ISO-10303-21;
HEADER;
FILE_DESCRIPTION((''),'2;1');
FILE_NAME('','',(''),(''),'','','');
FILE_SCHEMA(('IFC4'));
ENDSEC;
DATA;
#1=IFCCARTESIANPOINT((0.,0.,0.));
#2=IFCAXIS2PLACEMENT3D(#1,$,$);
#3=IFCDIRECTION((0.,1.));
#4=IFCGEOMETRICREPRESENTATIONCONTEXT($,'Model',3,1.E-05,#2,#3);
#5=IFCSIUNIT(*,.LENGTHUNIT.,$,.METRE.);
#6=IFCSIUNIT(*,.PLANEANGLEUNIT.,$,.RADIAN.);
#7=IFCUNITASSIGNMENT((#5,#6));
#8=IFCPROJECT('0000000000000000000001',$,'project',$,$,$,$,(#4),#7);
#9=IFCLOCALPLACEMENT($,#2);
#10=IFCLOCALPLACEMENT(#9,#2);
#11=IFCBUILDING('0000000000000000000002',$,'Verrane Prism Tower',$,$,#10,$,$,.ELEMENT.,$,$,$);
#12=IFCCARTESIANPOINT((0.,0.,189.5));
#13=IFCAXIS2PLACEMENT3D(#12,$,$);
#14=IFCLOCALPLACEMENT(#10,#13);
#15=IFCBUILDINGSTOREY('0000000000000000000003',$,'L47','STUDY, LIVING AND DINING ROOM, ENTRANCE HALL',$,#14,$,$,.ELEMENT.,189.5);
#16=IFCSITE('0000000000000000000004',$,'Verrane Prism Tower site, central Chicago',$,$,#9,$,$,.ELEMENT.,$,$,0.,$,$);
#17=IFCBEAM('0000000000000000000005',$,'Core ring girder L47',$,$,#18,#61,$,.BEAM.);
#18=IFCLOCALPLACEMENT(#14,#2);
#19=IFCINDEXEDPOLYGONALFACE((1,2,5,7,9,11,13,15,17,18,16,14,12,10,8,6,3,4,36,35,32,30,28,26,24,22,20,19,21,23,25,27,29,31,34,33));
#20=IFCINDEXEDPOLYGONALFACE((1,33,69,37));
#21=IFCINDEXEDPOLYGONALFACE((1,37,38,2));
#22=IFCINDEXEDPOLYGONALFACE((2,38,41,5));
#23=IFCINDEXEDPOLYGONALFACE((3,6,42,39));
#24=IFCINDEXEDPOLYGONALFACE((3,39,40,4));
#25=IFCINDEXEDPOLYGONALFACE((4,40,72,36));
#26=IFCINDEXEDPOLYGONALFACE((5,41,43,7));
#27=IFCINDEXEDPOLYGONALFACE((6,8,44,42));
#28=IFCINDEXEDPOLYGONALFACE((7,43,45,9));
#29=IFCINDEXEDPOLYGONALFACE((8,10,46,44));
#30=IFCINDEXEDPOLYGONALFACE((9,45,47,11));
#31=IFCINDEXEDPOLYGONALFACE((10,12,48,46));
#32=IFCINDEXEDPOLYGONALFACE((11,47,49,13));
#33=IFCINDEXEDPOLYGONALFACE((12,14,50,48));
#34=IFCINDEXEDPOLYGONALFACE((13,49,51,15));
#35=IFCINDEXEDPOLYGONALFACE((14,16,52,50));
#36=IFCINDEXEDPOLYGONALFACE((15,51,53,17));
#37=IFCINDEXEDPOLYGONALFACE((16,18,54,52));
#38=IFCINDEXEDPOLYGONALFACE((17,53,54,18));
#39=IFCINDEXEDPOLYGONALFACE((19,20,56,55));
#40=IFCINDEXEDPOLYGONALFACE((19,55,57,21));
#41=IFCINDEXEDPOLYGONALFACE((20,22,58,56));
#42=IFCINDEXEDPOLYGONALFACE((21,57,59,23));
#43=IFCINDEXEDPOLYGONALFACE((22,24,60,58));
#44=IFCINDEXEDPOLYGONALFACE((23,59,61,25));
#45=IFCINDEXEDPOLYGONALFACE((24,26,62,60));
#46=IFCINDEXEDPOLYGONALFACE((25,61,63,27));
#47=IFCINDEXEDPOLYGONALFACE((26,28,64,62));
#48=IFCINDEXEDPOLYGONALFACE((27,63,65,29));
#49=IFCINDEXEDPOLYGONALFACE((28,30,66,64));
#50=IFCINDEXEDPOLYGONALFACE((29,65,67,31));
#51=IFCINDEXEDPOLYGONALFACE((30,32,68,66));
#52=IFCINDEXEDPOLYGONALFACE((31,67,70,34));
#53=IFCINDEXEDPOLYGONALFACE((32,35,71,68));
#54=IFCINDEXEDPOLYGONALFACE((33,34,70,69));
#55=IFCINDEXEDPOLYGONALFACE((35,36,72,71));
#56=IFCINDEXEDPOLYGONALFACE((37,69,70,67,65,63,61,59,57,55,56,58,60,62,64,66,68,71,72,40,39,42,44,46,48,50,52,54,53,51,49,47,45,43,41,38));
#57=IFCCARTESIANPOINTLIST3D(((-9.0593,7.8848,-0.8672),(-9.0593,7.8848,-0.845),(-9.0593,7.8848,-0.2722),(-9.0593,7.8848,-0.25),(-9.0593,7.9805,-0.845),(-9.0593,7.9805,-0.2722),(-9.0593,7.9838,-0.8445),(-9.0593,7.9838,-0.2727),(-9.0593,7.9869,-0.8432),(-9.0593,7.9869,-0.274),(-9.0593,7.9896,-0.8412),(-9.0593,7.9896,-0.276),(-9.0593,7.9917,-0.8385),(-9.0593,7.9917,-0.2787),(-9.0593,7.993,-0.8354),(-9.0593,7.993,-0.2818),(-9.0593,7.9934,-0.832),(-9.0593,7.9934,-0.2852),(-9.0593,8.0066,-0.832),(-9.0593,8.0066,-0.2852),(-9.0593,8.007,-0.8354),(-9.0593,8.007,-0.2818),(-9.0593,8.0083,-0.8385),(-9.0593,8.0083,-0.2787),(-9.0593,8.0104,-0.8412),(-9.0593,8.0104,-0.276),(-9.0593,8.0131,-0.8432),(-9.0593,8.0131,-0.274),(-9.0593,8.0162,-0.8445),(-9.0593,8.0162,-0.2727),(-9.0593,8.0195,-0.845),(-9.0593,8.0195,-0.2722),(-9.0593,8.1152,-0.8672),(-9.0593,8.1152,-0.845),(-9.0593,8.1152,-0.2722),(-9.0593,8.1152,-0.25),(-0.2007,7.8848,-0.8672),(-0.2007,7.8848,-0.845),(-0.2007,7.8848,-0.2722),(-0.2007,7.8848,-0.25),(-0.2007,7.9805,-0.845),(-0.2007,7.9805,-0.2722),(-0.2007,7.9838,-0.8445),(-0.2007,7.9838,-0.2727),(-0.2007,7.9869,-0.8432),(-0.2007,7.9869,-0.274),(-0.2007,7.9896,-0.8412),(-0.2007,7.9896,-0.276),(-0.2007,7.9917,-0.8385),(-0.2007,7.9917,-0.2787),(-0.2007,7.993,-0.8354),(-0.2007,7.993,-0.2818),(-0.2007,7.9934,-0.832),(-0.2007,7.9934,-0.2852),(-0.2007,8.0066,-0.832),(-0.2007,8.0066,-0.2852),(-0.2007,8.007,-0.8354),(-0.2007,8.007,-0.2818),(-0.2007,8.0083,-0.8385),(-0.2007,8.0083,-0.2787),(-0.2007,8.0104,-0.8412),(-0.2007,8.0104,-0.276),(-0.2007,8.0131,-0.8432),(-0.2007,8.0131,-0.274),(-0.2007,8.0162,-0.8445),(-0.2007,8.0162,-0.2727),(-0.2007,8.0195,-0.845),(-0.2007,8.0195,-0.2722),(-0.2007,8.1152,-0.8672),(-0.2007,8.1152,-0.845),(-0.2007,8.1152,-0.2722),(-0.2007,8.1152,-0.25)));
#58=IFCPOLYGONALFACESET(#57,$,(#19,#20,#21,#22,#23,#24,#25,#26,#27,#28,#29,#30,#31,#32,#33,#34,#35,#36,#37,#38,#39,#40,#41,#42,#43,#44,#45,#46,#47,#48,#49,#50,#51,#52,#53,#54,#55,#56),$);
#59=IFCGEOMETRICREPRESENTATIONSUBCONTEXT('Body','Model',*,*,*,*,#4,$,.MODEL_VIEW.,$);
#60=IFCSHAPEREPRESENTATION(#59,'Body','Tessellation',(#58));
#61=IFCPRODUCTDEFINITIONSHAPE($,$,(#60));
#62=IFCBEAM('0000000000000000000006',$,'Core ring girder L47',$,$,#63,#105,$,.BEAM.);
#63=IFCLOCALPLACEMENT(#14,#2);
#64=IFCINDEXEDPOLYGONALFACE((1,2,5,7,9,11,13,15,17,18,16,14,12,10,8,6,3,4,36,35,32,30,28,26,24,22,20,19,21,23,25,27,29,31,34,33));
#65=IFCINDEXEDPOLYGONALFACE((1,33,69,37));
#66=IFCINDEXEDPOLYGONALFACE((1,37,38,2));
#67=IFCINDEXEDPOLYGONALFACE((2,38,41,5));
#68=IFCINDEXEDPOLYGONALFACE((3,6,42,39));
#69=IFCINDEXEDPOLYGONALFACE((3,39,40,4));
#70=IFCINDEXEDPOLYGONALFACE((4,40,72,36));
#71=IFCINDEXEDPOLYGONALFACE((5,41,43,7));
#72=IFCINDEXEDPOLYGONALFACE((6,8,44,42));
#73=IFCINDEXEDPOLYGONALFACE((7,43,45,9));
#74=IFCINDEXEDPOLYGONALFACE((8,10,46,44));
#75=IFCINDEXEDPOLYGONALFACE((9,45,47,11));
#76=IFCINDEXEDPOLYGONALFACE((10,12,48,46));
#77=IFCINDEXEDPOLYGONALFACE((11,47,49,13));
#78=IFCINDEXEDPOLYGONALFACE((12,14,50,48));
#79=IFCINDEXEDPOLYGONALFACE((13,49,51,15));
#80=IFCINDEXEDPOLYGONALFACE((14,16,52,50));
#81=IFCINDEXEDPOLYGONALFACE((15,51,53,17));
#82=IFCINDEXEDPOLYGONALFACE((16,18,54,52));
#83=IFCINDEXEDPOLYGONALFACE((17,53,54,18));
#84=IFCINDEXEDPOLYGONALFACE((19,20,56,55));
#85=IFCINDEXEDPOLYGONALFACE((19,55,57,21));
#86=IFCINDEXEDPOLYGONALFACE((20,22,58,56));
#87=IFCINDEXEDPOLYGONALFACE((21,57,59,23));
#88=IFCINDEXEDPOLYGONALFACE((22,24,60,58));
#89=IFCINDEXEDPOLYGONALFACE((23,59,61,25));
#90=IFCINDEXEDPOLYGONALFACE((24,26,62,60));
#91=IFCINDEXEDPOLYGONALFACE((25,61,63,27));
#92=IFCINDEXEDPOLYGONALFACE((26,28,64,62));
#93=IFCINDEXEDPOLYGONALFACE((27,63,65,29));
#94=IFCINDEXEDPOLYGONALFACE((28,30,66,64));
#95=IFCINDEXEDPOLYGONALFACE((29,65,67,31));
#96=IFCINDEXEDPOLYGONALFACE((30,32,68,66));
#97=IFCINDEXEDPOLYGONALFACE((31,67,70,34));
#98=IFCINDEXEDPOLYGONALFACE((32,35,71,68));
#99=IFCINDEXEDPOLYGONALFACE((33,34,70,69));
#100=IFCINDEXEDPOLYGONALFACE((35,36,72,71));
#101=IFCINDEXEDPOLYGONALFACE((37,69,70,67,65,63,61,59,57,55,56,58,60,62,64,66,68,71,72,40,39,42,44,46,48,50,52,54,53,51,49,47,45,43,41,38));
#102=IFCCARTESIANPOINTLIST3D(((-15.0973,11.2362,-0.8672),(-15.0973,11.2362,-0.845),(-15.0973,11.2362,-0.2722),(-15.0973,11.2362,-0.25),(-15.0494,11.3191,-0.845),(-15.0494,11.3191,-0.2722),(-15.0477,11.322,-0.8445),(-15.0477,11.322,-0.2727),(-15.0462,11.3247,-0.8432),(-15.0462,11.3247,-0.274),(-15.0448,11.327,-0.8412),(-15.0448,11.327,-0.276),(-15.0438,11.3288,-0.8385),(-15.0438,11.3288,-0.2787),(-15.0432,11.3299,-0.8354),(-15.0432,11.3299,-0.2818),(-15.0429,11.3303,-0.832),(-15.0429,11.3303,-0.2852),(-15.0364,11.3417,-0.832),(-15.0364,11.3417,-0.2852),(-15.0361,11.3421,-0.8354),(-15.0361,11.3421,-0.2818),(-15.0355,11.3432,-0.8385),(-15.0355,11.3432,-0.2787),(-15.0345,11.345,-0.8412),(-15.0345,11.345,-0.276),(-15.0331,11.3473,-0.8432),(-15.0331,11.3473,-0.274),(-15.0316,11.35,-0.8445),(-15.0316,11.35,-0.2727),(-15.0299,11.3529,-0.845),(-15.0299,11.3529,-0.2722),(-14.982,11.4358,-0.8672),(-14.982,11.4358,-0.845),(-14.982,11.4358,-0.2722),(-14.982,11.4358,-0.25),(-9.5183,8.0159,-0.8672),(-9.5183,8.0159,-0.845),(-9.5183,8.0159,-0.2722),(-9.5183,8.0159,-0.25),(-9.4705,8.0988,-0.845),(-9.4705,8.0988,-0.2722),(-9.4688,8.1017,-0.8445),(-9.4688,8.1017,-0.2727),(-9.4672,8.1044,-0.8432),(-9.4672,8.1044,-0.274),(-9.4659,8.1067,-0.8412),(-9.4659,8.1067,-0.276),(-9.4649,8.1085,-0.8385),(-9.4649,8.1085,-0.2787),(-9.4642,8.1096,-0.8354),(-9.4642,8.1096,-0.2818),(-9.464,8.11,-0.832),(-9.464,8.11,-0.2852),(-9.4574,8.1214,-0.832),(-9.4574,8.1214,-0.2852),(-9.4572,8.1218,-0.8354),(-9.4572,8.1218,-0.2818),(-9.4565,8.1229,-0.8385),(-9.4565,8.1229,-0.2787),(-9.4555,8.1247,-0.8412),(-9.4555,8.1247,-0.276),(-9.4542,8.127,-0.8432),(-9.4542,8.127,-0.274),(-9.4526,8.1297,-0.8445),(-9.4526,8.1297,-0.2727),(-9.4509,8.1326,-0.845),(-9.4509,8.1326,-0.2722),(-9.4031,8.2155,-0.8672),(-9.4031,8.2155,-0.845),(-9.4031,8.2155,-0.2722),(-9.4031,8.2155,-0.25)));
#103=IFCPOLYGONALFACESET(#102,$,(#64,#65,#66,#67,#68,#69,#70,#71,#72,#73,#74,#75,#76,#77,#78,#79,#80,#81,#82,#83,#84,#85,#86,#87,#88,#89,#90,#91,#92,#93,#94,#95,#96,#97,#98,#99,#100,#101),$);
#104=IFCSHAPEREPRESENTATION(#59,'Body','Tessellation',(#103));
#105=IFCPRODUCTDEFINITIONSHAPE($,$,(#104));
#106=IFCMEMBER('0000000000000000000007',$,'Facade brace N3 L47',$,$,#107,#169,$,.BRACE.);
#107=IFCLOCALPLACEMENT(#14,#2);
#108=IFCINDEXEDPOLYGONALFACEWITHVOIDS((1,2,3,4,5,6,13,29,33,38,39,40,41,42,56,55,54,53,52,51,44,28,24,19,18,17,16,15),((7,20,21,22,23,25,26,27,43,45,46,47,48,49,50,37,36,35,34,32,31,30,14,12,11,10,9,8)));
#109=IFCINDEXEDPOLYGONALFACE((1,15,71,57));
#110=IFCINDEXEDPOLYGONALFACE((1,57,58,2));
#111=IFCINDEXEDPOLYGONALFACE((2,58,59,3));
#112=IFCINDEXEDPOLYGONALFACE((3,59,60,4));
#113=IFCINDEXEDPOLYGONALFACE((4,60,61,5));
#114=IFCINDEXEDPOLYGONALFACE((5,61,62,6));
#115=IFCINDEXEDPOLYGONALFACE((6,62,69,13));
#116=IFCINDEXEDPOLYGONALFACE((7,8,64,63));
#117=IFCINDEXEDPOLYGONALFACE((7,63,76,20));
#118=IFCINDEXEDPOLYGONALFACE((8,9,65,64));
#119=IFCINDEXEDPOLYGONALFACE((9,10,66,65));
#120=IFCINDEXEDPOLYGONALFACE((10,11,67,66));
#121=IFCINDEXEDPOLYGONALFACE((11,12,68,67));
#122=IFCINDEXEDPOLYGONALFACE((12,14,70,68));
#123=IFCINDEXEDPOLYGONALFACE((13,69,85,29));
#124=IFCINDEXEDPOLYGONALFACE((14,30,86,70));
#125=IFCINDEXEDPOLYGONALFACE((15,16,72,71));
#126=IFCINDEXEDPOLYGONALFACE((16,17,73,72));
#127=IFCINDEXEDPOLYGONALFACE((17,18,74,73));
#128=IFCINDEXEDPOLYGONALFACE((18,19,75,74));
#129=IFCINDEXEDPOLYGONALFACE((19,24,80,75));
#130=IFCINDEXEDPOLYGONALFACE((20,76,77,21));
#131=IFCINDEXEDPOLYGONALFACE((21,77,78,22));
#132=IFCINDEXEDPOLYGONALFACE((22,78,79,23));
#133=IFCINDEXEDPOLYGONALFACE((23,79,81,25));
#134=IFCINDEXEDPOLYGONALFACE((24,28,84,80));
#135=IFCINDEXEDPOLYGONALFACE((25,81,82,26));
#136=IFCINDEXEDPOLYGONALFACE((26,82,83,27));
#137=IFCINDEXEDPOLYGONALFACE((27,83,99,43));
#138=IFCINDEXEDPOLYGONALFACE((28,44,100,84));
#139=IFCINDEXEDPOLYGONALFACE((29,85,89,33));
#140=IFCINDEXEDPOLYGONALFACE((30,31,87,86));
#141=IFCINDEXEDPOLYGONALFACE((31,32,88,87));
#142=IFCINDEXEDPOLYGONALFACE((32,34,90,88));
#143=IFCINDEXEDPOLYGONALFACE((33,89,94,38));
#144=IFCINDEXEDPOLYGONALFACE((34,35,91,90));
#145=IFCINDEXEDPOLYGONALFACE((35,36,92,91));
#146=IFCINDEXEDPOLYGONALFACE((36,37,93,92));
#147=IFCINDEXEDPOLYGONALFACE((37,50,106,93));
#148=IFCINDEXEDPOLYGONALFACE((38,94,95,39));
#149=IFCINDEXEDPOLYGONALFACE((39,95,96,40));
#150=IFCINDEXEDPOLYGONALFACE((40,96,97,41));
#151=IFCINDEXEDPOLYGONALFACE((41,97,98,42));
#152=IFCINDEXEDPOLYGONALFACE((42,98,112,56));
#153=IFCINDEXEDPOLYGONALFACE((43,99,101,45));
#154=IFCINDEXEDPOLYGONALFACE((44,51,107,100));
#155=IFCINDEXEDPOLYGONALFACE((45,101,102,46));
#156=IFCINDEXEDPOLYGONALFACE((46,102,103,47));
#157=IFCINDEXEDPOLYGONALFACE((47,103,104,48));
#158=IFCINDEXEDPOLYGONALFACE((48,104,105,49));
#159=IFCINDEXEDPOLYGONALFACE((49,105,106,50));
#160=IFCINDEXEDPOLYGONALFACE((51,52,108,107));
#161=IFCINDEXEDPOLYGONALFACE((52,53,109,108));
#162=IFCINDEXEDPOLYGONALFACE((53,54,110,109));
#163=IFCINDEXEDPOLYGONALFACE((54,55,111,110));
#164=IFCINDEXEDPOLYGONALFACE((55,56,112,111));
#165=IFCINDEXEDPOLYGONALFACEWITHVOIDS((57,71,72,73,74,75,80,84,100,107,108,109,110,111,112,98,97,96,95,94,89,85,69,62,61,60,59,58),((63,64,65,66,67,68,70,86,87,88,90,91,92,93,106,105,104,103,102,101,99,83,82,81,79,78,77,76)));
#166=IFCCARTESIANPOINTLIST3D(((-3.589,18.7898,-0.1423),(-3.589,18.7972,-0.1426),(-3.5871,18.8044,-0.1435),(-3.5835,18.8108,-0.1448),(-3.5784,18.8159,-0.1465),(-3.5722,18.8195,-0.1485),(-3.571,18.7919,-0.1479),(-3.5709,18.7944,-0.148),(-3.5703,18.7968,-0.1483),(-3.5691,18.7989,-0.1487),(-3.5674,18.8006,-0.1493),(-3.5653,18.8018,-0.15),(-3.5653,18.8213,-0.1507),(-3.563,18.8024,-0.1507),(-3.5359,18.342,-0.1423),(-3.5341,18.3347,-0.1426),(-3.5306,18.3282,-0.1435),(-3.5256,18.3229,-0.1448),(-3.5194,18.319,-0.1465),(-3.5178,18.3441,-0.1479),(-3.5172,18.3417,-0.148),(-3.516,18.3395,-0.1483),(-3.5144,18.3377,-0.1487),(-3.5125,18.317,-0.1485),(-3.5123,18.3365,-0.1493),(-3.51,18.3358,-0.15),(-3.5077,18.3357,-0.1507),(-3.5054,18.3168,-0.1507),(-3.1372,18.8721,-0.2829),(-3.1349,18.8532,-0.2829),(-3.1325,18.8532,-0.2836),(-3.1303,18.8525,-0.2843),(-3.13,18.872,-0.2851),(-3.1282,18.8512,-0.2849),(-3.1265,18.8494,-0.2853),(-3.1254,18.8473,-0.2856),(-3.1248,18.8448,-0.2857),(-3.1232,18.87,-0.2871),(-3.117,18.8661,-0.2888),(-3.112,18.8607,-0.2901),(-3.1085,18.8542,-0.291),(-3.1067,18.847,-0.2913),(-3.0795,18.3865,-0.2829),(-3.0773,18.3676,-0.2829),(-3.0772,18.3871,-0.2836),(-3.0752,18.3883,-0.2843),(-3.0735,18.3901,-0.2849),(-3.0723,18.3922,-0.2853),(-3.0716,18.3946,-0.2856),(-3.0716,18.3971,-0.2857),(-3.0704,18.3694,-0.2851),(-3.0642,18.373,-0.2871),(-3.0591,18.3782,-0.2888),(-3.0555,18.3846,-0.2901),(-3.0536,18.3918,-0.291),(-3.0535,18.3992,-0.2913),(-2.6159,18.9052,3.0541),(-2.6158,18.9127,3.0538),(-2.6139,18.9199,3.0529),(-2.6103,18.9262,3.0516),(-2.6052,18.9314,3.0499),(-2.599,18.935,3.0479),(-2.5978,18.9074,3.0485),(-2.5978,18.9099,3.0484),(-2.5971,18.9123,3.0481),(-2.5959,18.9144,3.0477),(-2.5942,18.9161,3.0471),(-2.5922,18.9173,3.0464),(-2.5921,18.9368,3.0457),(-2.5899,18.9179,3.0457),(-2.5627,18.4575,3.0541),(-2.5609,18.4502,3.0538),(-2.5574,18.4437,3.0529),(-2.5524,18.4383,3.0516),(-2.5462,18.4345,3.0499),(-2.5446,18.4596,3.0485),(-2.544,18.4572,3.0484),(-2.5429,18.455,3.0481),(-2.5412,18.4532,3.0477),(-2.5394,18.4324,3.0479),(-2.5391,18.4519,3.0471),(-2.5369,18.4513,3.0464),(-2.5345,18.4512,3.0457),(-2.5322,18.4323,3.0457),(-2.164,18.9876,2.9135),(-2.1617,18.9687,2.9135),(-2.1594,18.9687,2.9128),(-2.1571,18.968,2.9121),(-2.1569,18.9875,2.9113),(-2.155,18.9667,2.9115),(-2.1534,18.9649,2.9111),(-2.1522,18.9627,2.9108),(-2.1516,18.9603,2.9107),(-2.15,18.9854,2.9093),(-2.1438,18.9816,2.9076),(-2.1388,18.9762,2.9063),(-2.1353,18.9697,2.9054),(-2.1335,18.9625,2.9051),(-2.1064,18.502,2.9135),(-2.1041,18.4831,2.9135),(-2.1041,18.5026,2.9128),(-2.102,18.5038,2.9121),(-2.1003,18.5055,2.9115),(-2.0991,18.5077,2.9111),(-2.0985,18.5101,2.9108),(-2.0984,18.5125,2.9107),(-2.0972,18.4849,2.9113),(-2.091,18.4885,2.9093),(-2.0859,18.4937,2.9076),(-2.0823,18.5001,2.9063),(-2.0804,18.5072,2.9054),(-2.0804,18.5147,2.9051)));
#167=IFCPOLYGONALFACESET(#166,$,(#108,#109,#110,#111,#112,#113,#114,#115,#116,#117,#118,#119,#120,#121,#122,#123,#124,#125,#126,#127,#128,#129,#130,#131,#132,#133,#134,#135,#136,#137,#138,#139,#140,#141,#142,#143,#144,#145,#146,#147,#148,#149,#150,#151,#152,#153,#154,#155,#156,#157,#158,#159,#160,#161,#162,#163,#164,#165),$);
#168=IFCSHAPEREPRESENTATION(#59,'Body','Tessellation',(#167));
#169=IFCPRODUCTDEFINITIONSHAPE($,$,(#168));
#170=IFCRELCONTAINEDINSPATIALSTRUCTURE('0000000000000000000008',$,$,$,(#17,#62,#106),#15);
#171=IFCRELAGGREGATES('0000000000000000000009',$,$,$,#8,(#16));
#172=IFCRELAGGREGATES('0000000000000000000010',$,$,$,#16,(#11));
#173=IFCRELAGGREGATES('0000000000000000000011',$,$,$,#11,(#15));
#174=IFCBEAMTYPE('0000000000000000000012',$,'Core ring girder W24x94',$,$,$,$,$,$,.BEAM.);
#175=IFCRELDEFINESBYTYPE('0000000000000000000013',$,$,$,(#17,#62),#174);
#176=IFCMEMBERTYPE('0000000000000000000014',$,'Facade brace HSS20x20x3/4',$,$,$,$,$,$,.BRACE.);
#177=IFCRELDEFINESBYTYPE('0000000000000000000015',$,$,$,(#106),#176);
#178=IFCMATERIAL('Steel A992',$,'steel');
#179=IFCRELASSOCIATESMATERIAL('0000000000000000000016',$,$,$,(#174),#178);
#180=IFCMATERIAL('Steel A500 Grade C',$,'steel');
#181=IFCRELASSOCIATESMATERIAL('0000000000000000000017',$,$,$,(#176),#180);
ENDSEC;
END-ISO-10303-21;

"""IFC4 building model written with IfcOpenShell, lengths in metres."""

from ifc_helpers import new_model, si_unit, direction, frame, origin, origin_2d, place, context, subcontext, project, spatial, hollow_rectangle, i_section, extrude, material, material_profile, profile_set, type_object, element, save


model = new_model("IFC4")

# Units and contexts
model_context = context("Model", 3, precision=1e-05, world=origin(), true_north=direction((0.0, 1.0)))
body_context = subcontext(model_context, "Body", "Model", "MODEL_VIEW")
ifc_project = project(units=[si_unit("LENGTHUNIT", "METRE"), si_unit("PLANEANGLEUNIT", "RADIAN")], contexts=[model_context])

# Site, building, storey
site_placement = place(None, origin())
site = spatial("IfcSite", under=ifc_project, at=site_placement, Name="Verrane Prism Tower site, central Chicago", CompositionType="ELEMENT", RefElevation=0.0)
building_placement = place(site_placement, origin())
building = spatial("IfcBuilding", under=site, at=building_placement, Name="Verrane Prism Tower", CompositionType="ELEMENT")
storey_placement = place(building_placement, frame((0.0, 0.0, 189.5)))
storey = spatial("IfcBuildingStorey", under=building, at=storey_placement, Name="L47", Description="STUDY, LIVING AND DINING ROOM, ENTRANCE HALL", CompositionType="ELEMENT", Elevation=189.5)

# Beams
ifc_material_1 = material(Name="Steel A992", Category="steel")
ifc_material_profile_1 = material_profile(ifc_material_1, i_section(OverallWidth=0.2305, OverallDepth=0.6172, WebThickness=0.0132, FlangeThickness=0.0222, FilletRadius=0.0129, at=origin_2d()), Name="W24x94")
ifc_profile_set_1 = profile_set([ifc_material_profile_1], Name="Steel A992")
beam_type_1 = type_object("IfcBeamType", Name="Core ring girder W24x94", PredefinedType="BEAM", material=ifc_profile_set_1)
beam_1_placement = place(storey_placement, frame((-0.2007, 8.0, -0.5586), z_axis=(-1.0, 0.0, 0.0), x_axis=(0.0, -1.0, 0.0)))
element("IfcBeam", 1, at=beam_1_placement, inside=storey, type_object=beam_type_1, Name="Core ring girder L47", PredefinedType="BEAM", context=body_context, shape_type="SweptSolid", body=[
    extrude(i_section(OverallWidth=0.2305, OverallDepth=0.6172, WebThickness=0.0132, FlangeThickness=0.0222, FilletRadius=0.0129, at=origin_2d()), origin(), (0.0, 0.0, 1.0), 8.8586),
])
beam_2_placement = place(storey_placement, frame((-9.4607, 8.1157, -0.5586), z_axis=(-0.866075, 0.499914, 0.0), x_axis=(-0.499914, -0.866075, 0.0)))
element("IfcBeam", 2, at=beam_2_placement, inside=storey, type_object=beam_type_1, Name="Core ring girder L47", PredefinedType="BEAM", context=body_context, shape_type="SweptSolid", body=[
    extrude(i_section(OverallWidth=0.2305, OverallDepth=0.6172, WebThickness=0.0132, FlangeThickness=0.0222, FilletRadius=0.0129, at=origin_2d()), origin(), (0.0, 0.0, 1.0), 6.4417),
])

# Member
ifc_material_2 = material(Name="Steel A500 Grade C", Category="steel")
ifc_material_profile_2 = material_profile(ifc_material_2, hollow_rectangle(XDim=0.5081, YDim=0.5081, WallThickness=0.019, InnerFilletRadius=0.0095, OuterFilletRadius=0.0286, at=origin_2d()), Name="HSS20x20x3/4")
ifc_profile_set_2 = profile_set([ifc_material_profile_2], Name="Steel A500 Grade C")
member_type_1 = type_object("IfcMemberType", Name="Facade brace HSS20x20x3/4", PredefinedType="BRACE", material=ifc_profile_set_2)
member_1_placement = place(storey_placement, frame((-3.3213, 18.5945, -0.2168), z_axis=(0.291087, 0.034542, 0.956073), x_axis=(-0.117839, 0.993033, 0.0)))
element("IfcMember", 3, at=member_1_placement, inside=storey, type_object=member_type_1, Name="Facade brace N3 L47", PredefinedType="BRACE", context=body_context, shape_type="SweptSolid", body=[
    extrude(hollow_rectangle(XDim=0.5081, YDim=0.5081, WallThickness=0.019, InnerFilletRadius=0.0095, OuterFilletRadius=0.0286, at=origin_2d()), origin(), (0.0, 0.0, 1.0), 3.3433),
])

save(model, "model.ifc")
